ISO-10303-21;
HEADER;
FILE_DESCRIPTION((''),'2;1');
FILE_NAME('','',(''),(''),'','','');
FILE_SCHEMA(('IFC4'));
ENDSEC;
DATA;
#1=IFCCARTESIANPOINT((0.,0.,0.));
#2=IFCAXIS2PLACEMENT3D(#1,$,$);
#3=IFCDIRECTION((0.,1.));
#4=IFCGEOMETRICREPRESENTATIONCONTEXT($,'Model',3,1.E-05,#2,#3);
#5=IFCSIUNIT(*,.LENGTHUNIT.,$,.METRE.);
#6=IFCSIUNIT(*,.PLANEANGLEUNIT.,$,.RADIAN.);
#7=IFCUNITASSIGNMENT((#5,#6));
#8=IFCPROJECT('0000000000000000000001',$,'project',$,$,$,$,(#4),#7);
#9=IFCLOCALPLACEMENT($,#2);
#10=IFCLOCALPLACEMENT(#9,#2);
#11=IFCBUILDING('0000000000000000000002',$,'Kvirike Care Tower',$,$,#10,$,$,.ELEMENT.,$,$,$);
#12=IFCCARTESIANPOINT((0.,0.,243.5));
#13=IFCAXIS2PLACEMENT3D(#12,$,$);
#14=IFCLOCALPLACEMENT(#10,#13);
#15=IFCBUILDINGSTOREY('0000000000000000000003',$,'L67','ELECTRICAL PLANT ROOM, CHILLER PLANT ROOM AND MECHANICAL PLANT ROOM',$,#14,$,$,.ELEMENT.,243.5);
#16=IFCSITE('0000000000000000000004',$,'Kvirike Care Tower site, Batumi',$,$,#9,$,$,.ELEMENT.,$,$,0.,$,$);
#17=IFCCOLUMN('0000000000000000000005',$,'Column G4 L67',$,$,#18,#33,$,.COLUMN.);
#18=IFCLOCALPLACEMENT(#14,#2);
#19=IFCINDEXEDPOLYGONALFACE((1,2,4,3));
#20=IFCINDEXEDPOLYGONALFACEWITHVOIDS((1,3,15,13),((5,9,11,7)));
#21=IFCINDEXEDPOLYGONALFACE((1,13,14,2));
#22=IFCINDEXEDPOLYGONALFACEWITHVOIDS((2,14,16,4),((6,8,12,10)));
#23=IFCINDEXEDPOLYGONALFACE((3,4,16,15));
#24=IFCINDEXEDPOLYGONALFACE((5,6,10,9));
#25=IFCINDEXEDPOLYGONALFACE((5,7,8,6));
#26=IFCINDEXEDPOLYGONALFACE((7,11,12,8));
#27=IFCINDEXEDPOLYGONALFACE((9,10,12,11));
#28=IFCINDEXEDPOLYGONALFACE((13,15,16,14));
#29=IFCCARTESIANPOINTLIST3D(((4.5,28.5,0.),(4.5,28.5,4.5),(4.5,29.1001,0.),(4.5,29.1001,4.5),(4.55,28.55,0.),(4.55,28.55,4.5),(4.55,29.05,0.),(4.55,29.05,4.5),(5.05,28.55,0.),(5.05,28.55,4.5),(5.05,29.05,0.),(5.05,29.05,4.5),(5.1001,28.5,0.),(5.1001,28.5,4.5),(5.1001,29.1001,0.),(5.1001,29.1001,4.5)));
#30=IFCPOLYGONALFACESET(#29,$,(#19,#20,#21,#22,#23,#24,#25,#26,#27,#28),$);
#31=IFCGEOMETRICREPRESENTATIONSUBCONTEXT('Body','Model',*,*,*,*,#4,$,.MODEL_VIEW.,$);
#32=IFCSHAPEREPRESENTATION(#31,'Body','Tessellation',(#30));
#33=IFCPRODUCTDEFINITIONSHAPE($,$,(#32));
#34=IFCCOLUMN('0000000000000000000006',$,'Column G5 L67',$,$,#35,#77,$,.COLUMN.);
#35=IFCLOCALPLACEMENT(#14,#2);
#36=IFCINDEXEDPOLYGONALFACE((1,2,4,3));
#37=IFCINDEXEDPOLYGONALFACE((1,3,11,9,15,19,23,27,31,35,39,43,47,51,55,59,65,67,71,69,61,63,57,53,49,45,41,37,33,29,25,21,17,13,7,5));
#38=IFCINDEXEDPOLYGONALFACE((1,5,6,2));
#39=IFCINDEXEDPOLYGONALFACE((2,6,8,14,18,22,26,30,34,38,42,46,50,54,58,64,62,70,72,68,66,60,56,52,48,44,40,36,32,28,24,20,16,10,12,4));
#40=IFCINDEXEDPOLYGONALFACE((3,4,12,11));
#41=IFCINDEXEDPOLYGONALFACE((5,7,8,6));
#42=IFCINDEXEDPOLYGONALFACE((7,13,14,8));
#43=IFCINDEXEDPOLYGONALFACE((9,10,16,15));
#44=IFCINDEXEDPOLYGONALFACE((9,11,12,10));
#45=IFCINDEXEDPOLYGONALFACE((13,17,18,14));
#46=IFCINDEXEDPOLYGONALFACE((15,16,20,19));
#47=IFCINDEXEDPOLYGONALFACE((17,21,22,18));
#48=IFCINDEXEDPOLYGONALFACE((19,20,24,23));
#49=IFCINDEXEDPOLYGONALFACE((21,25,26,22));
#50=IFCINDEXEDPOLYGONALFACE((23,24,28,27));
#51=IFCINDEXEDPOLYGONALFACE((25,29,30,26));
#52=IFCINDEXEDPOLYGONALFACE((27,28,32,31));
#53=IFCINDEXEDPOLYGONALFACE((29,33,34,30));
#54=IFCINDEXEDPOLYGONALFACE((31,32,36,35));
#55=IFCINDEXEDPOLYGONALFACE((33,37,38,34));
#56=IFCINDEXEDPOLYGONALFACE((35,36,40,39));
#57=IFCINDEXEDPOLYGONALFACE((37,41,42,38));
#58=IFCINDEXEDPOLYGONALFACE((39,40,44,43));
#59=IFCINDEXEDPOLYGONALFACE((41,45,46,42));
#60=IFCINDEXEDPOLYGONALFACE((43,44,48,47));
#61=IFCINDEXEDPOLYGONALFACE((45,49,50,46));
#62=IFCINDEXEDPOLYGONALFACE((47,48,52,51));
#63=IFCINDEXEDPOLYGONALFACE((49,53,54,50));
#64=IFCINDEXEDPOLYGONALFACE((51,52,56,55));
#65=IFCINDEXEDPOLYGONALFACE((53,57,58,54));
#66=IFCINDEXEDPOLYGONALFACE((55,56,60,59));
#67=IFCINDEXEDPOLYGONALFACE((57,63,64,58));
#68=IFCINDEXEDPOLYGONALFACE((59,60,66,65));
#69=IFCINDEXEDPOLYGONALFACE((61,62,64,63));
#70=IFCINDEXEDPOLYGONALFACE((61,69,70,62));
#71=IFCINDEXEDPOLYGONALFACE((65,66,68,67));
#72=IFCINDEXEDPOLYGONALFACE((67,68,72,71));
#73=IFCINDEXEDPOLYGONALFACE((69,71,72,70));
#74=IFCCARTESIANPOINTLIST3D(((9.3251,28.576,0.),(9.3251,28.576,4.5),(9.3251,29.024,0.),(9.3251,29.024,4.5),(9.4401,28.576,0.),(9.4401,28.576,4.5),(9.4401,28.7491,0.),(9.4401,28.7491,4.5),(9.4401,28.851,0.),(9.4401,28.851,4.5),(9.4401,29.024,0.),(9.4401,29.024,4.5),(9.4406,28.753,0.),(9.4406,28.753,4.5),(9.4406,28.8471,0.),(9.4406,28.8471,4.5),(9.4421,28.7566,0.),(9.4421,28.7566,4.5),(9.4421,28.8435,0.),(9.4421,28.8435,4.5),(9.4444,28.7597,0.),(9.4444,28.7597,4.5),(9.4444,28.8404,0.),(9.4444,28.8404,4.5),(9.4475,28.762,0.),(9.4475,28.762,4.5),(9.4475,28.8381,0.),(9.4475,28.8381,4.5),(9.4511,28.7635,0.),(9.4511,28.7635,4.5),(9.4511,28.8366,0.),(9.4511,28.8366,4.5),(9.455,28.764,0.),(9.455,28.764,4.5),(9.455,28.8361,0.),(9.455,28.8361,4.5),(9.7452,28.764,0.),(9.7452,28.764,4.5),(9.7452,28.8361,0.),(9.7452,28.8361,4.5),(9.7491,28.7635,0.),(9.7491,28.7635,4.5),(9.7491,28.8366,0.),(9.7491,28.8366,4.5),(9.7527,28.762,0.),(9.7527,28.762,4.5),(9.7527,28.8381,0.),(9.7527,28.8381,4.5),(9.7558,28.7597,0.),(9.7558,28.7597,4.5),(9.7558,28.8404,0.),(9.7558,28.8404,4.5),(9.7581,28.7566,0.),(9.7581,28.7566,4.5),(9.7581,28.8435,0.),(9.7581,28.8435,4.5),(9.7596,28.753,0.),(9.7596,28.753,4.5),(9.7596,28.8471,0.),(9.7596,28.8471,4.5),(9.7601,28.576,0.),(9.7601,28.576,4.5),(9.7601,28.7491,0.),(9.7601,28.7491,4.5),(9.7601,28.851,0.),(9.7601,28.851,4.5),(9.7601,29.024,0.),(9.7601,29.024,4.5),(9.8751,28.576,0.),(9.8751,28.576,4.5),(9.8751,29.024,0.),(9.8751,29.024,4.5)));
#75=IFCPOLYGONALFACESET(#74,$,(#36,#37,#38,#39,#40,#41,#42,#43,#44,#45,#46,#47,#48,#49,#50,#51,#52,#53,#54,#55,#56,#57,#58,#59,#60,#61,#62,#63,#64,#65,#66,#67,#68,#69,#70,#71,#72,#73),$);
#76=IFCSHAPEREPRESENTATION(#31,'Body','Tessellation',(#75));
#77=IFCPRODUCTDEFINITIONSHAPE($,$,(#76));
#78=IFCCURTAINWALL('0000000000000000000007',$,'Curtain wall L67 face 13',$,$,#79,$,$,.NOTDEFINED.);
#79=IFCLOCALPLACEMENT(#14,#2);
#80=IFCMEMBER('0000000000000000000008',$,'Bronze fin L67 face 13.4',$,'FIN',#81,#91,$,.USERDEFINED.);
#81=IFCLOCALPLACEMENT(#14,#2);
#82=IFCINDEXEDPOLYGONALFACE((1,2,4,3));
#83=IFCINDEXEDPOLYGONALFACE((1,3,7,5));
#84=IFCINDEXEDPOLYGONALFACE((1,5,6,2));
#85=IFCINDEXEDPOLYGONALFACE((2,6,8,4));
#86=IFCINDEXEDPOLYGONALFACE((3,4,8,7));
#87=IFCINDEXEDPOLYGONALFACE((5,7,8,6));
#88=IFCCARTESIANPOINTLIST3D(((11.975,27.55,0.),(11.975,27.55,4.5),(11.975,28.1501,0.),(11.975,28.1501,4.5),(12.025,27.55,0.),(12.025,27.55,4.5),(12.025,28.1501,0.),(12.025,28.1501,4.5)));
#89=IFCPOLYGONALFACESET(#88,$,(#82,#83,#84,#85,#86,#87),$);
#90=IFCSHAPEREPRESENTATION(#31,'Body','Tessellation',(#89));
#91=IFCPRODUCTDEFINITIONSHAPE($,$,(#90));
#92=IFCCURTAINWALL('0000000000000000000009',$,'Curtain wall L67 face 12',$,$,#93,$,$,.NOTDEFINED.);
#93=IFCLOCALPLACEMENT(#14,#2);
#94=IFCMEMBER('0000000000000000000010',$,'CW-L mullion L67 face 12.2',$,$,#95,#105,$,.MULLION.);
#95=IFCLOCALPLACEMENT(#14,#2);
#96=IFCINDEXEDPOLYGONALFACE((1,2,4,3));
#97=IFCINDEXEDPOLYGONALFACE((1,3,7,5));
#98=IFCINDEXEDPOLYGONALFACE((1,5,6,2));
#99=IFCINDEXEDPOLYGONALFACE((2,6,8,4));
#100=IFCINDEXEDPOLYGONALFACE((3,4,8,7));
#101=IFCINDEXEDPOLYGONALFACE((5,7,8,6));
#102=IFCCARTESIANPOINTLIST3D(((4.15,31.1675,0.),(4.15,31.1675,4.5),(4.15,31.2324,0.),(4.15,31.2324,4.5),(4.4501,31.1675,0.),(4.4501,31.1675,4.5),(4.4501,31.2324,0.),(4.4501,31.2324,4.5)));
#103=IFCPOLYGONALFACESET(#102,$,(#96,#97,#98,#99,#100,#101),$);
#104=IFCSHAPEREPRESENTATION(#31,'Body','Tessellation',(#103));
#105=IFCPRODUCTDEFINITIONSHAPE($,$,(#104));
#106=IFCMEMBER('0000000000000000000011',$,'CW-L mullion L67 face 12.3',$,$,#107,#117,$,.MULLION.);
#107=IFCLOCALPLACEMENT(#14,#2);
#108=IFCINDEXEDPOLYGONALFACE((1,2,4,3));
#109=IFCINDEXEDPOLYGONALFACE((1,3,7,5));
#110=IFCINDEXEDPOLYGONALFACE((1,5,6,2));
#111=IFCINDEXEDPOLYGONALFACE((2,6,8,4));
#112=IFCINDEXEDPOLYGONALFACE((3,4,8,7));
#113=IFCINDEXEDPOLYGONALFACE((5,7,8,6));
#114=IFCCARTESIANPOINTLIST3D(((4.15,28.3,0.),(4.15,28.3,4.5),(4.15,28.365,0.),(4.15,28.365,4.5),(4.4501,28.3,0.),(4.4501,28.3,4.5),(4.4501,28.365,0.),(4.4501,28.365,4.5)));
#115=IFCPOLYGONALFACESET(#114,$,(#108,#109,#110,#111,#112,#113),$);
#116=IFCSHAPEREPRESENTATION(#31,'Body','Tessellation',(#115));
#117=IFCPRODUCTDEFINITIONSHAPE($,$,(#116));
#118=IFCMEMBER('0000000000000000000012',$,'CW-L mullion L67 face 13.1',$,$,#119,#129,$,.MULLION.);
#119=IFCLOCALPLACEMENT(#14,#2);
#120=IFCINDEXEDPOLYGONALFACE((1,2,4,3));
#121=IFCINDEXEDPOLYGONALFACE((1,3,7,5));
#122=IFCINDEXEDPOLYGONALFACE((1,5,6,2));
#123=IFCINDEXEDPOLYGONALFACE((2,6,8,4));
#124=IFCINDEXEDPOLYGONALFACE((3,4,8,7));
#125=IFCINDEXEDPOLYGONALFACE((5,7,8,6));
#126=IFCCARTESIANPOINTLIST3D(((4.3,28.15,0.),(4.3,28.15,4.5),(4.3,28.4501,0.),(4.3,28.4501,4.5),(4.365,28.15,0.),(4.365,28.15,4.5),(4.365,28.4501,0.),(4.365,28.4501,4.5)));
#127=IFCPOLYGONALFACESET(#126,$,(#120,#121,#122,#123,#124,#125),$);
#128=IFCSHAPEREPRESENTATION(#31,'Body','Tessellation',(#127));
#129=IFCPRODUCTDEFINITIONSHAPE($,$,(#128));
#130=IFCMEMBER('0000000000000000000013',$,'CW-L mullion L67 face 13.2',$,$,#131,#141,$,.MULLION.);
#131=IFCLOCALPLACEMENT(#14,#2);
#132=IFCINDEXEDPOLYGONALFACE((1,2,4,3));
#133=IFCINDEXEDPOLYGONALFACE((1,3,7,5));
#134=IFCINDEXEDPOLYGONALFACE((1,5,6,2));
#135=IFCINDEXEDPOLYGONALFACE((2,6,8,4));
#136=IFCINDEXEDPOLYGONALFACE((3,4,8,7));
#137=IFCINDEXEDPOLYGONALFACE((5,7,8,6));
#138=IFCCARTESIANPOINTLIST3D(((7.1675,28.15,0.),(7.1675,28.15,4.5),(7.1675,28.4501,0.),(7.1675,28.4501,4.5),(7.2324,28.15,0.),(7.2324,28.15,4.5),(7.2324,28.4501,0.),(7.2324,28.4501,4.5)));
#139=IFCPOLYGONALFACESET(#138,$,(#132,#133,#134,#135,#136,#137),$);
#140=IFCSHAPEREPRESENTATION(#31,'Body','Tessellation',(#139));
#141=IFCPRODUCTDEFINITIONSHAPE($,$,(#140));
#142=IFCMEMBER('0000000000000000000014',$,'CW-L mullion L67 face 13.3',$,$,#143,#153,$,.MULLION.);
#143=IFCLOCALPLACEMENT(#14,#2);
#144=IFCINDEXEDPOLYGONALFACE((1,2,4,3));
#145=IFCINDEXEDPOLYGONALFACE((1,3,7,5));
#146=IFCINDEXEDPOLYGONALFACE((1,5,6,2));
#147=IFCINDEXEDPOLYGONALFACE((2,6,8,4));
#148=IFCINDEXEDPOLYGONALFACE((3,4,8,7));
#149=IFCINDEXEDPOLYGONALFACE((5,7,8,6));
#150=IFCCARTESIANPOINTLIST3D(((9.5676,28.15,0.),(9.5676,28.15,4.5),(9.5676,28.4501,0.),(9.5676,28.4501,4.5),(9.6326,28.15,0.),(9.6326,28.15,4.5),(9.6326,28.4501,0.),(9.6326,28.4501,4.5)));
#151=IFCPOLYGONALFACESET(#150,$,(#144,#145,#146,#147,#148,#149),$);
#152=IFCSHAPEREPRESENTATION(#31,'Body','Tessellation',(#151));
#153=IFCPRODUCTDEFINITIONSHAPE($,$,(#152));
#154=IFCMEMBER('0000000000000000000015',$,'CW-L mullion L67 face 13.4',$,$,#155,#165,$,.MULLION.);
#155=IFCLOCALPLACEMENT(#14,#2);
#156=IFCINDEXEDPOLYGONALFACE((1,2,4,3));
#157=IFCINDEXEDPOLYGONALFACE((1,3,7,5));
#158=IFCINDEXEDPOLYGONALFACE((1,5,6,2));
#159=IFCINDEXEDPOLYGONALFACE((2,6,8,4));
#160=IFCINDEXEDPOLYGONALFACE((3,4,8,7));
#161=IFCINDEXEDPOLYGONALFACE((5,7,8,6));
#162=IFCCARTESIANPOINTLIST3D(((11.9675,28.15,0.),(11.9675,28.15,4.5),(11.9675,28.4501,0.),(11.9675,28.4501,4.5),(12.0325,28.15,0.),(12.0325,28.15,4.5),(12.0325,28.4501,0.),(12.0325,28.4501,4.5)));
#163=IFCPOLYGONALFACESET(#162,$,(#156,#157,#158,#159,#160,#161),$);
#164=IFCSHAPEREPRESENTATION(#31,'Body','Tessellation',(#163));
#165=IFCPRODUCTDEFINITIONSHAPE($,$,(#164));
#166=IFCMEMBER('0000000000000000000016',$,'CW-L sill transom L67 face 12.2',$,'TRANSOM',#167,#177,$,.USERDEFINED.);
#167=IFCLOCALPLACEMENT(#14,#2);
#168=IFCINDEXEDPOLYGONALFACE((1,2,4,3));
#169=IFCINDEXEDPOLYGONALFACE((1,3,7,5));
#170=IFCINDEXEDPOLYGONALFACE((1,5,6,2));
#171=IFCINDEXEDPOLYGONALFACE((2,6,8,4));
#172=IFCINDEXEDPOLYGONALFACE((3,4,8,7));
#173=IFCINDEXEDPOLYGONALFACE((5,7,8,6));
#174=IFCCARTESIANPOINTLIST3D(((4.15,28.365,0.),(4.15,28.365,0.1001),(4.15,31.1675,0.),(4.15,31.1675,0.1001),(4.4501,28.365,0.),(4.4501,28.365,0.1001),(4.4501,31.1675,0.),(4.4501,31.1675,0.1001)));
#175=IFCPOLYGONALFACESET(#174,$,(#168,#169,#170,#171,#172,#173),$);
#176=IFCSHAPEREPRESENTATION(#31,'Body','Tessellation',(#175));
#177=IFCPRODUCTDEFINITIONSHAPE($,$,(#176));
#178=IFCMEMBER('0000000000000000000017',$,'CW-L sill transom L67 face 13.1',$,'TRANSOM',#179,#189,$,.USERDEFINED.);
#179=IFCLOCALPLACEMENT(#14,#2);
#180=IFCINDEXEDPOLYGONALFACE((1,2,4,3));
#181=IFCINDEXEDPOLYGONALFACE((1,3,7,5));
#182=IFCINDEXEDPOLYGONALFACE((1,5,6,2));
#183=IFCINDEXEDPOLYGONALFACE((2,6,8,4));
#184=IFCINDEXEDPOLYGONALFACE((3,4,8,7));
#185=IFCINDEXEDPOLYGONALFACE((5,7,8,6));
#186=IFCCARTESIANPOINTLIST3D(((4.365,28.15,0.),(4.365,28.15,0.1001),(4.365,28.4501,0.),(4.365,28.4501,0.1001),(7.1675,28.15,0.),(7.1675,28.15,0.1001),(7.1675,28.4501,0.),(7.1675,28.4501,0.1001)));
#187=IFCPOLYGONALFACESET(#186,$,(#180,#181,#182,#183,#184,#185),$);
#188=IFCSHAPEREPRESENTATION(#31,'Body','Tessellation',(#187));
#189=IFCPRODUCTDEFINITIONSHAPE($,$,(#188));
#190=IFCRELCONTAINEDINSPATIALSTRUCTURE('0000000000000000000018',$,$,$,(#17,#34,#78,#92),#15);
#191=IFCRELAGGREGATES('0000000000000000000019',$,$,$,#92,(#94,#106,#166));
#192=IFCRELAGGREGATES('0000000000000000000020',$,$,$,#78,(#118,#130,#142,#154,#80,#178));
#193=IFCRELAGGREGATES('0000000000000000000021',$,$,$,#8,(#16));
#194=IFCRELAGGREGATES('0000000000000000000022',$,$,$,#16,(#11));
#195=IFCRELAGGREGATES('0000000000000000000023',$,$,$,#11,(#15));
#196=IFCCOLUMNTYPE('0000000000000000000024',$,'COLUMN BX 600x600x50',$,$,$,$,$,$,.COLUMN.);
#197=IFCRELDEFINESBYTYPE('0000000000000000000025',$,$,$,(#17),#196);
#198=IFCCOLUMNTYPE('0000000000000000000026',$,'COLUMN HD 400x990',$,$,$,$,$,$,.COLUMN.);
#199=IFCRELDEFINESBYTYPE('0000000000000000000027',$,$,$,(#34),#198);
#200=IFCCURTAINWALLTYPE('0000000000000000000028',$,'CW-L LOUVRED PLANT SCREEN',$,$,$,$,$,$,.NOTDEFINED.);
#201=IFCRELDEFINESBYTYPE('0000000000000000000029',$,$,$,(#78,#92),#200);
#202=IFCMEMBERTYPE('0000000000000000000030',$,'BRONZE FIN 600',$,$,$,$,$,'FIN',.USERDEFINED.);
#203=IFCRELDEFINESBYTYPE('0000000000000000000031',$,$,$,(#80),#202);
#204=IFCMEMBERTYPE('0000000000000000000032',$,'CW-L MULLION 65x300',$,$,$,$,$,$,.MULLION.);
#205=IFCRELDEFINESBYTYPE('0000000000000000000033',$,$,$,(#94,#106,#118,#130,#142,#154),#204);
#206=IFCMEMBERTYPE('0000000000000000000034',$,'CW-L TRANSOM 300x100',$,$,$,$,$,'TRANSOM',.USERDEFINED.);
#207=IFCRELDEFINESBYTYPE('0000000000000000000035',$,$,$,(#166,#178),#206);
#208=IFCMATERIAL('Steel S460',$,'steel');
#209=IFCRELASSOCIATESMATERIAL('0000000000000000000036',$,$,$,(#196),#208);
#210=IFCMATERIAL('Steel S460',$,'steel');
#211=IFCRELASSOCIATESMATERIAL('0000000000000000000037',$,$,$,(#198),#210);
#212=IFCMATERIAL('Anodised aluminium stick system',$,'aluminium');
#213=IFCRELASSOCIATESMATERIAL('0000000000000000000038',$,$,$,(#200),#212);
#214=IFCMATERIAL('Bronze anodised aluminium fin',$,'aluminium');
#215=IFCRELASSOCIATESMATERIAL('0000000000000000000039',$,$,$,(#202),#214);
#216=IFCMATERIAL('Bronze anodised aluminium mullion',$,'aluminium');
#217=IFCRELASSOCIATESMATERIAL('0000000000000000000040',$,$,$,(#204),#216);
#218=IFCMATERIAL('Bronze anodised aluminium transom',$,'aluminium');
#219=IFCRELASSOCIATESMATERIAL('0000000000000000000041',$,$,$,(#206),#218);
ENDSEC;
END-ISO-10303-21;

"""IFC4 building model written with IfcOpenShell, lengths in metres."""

from ifc_helpers import new_model, si_unit, direction, frame, origin, origin_2d, place, context, subcontext, project, spatial, rectangle, hollow_rectangle, i_section, extrude, material, material_profile, profile_set, type_object, element, aggregate, save


model = new_model("IFC4")

# Units and contexts
model_context = context("Model", 3, precision=1e-05, world=origin(), true_north=direction((0.0, 1.0)))
body_context = subcontext(model_context, "Body", "Model", "MODEL_VIEW")
ifc_project = project(units=[si_unit("LENGTHUNIT", "METRE"), si_unit("PLANEANGLEUNIT", "RADIAN")], contexts=[model_context])

# Site, building, storey
site_placement = place(None, origin())
site = spatial("IfcSite", under=ifc_project, at=site_placement, Name="Kvirike Care Tower site, Batumi", CompositionType="ELEMENT", RefElevation=0.0)
building_placement = place(site_placement, origin())
building = spatial("IfcBuilding", under=site, at=building_placement, Name="Kvirike Care Tower", CompositionType="ELEMENT")
storey_placement = place(building_placement, frame((0.0, 0.0, 243.5)))
storey = spatial("IfcBuildingStorey", under=building, at=storey_placement, Name="L67", Description="ELECTRICAL PLANT ROOM, CHILLER PLANT ROOM AND MECHANICAL PLANT ROOM", CompositionType="ELEMENT", Elevation=243.5)

# Columns
ifc_material_1 = material(Name="Steel S460", Category="steel")
ifc_material_profile_1 = material_profile(ifc_material_1, hollow_rectangle(XDim=0.6001, YDim=0.6001, WallThickness=0.05, at=origin_2d()), Name="BX 600x600x50")
ifc_profile_set_1 = profile_set([ifc_material_profile_1], Name="Steel S460")
column_type_1 = type_object("IfcColumnType", Name="COLUMN BX 600x600x50", PredefinedType="COLUMN", material=ifc_profile_set_1)
column_1_placement = place(storey_placement, frame((4.8, 28.8, 0.0), z_axis=(0.0, 0.0, 1.0), x_axis=(0.0, 1.0, 0.0)))
element("IfcColumn", 1, at=column_1_placement, inside=storey, type_object=column_type_1, Name="Column G4 L67", PredefinedType="COLUMN", context=body_context, shape_type="SweptSolid", body=[
    extrude(hollow_rectangle(XDim=0.6001, YDim=0.6001, WallThickness=0.05, at=origin_2d()), origin(), (0.0, 0.0, 1.0), 4.5),
])
ifc_material_2 = material(Name="Steel S460", Category="steel")
ifc_material_profile_2 = material_profile(ifc_material_2, i_section(OverallWidth=0.448, OverallDepth=0.55, WebThickness=0.072, FlangeThickness=0.115, FilletRadius=0.0149, at=origin_2d()), Name="HD 400x990")
ifc_profile_set_2 = profile_set([ifc_material_profile_2], Name="Steel S460")
column_type_2 = type_object("IfcColumnType", Name="COLUMN HD 400x990", PredefinedType="COLUMN", material=ifc_profile_set_2)
column_2_placement = place(storey_placement, frame((9.6001, 28.8, 0.0), z_axis=(0.0, 0.0, 1.0), x_axis=(0.0, 1.0, 0.0)))
element("IfcColumn", 2, at=column_2_placement, inside=storey, type_object=column_type_2, Name="Column G5 L67", PredefinedType="COLUMN", context=body_context, shape_type="SweptSolid", body=[
    extrude(i_section(OverallWidth=0.448, OverallDepth=0.55, WebThickness=0.072, FlangeThickness=0.115, FilletRadius=0.0149, at=origin_2d()), origin(), (0.0, 0.0, 1.0), 4.5),
])

# Curtain wall, member
ifc_material_3 = material(Name="Anodised aluminium stick system", Category="aluminium")
curtain_wall_type = type_object("IfcCurtainWallType", Name="CW-L LOUVRED PLANT SCREEN", PredefinedType="NOTDEFINED", material=ifc_material_3)
curtain_wall_1_placement = place(storey_placement, origin())
curtain_wall_1 = element("IfcCurtainWall", 3, at=curtain_wall_1_placement, inside=storey, type_object=curtain_wall_type, Name="Curtain wall L67 face 13", PredefinedType="NOTDEFINED")
ifc_material_4 = material(Name="Bronze anodised aluminium fin", Category="aluminium")
ifc_material_profile_3 = material_profile(ifc_material_4, rectangle(XDim=0.05, YDim=0.6001, at=origin_2d()), Name="BRONZE FIN 600")
ifc_profile_set_3 = profile_set([ifc_material_profile_3], Name="Bronze anodised aluminium fin")
member_type_1 = type_object("IfcMemberType", Name="BRONZE FIN 600", ElementType="FIN", PredefinedType="USERDEFINED", material=ifc_profile_set_3)
member_1_placement = place(storey_placement, frame((12.0, 27.8501, 0.0), z_axis=(0.0, 0.0, 1.0), x_axis=(1.0, 0.0, 0.0)))
member_1 = element("IfcMember", 4, at=member_1_placement, type_object=member_type_1, Name="Bronze fin L67 face 13.4", ObjectType="FIN", PredefinedType="USERDEFINED", context=body_context, shape_type="SweptSolid", body=[
    extrude(rectangle(XDim=0.05, YDim=0.6001, at=origin_2d()), origin(), (0.0, 0.0, 1.0), 4.5),
])

# Curtain wall, members
curtain_wall_2_placement = place(storey_placement, origin())
curtain_wall_2 = element("IfcCurtainWall", 5, at=curtain_wall_2_placement, inside=storey, type_object=curtain_wall_type, Name="Curtain wall L67 face 12", PredefinedType="NOTDEFINED")
ifc_material_5 = material(Name="Bronze anodised aluminium mullion", Category="aluminium")
ifc_material_profile_4 = material_profile(ifc_material_5, rectangle(XDim=0.0649, YDim=0.3, at=origin_2d()), Name="CW-L MULLION 65x300")
ifc_profile_set_4 = profile_set([ifc_material_profile_4], Name="Bronze anodised aluminium mullion")
member_type_2 = type_object("IfcMemberType", Name="CW-L MULLION 65x300", PredefinedType="MULLION", material=ifc_profile_set_4)
member_2_placement = place(storey_placement, frame((4.3, 31.2, 0.0), z_axis=(0.0, 0.0, 1.0), x_axis=(0.0, -1.0, 0.0)))
member_2 = element("IfcMember", 6, at=member_2_placement, type_object=member_type_2, Name="CW-L mullion L67 face 12.2", PredefinedType="MULLION", context=body_context, shape_type="SweptSolid", body=[
    extrude(rectangle(XDim=0.0649, YDim=0.3, at=origin_2d()), origin(), (0.0, 0.0, 1.0), 4.5),
])
member_3_placement = place(storey_placement, frame((4.3, 28.3325, 0.0), z_axis=(0.0, 0.0, 1.0), x_axis=(0.0, -1.0, 0.0)))
member_3 = element("IfcMember", 7, at=member_3_placement, type_object=member_type_2, Name="CW-L mullion L67 face 12.3", PredefinedType="MULLION", context=body_context, shape_type="SweptSolid", body=[
    extrude(rectangle(XDim=0.0649, YDim=0.3, at=origin_2d()), origin(), (0.0, 0.0, 1.0), 4.5),
])

# Members
member_4_placement = place(storey_placement, frame((4.3325, 28.3, 0.0), z_axis=(0.0, 0.0, 1.0), x_axis=(1.0, 0.0, 0.0)))
member_4 = element("IfcMember", 8, at=member_4_placement, type_object=member_type_2, Name="CW-L mullion L67 face 13.1", PredefinedType="MULLION", context=body_context, shape_type="SweptSolid", body=[
    extrude(rectangle(XDim=0.0649, YDim=0.3, at=origin_2d()), origin(), (0.0, 0.0, 1.0), 4.5),
])
member_5_placement = place(storey_placement, frame((7.2, 28.3, 0.0), z_axis=(0.0, 0.0, 1.0), x_axis=(1.0, 0.0, 0.0)))
member_5 = element("IfcMember", 9, at=member_5_placement, type_object=member_type_2, Name="CW-L mullion L67 face 13.2", PredefinedType="MULLION", context=body_context, shape_type="SweptSolid", body=[
    extrude(rectangle(XDim=0.0649, YDim=0.3, at=origin_2d()), origin(), (0.0, 0.0, 1.0), 4.5),
])
member_6_placement = place(storey_placement, frame((9.6001, 28.3, 0.0), z_axis=(0.0, 0.0, 1.0), x_axis=(1.0, 0.0, 0.0)))
member_6 = element("IfcMember", 10, at=member_6_placement, type_object=member_type_2, Name="CW-L mullion L67 face 13.3", PredefinedType="MULLION", context=body_context, shape_type="SweptSolid", body=[
    extrude(rectangle(XDim=0.0649, YDim=0.3, at=origin_2d()), origin(), (0.0, 0.0, 1.0), 4.5),
])
member_7_placement = place(storey_placement, frame((12.0, 28.3, 0.0), z_axis=(0.0, 0.0, 1.0), x_axis=(1.0, 0.0, 0.0)))
member_7 = element("IfcMember", 11, at=member_7_placement, type_object=member_type_2, Name="CW-L mullion L67 face 13.4", PredefinedType="MULLION", context=body_context, shape_type="SweptSolid", body=[
    extrude(rectangle(XDim=0.0649, YDim=0.3, at=origin_2d()), origin(), (0.0, 0.0, 1.0), 4.5),
])
ifc_material_6 = material(Name="Bronze anodised aluminium transom", Category="aluminium")
ifc_material_profile_5 = material_profile(ifc_material_6, rectangle(XDim=0.3, YDim=0.1001, at=origin_2d()), Name="CW-L TRANSOM 300x100")
ifc_profile_set_5 = profile_set([ifc_material_profile_5], Name="Bronze anodised aluminium transom")
member_type_3 = type_object("IfcMemberType", Name="CW-L TRANSOM 300x100", ElementType="TRANSOM", PredefinedType="USERDEFINED", material=ifc_profile_set_5)
member_8_placement = place(storey_placement, frame((4.3, 31.1675, 0.05), z_axis=(0.0, -1.0, 0.0), x_axis=(1.0, 0.0, 0.0)))
member_8 = element("IfcMember", 12, at=member_8_placement, type_object=member_type_3, Name="CW-L sill transom L67 face 12.2", ObjectType="TRANSOM", PredefinedType="USERDEFINED", context=body_context, shape_type="SweptSolid", body=[
    extrude(rectangle(XDim=0.3, YDim=0.1001, at=origin_2d()), origin(), (0.0, 0.0, 1.0), 2.8025),
])
member_9_placement = place(storey_placement, frame((4.365, 28.3, 0.05), z_axis=(1.0, 0.0, 0.0), x_axis=(0.0, 1.0, 0.0)))
member_9 = element("IfcMember", 13, at=member_9_placement, type_object=member_type_3, Name="CW-L sill transom L67 face 13.1", ObjectType="TRANSOM", PredefinedType="USERDEFINED", context=body_context, shape_type="SweptSolid", body=[
    extrude(rectangle(XDim=0.3, YDim=0.1001, at=origin_2d()), origin(), (0.0, 0.0, 1.0), 2.8025),
])

aggregate(curtain_wall_2, [member_2, member_3, member_8])
aggregate(curtain_wall_1, [member_4, member_5, member_6, member_7, member_1, member_9])

save(model, "model.ifc")
